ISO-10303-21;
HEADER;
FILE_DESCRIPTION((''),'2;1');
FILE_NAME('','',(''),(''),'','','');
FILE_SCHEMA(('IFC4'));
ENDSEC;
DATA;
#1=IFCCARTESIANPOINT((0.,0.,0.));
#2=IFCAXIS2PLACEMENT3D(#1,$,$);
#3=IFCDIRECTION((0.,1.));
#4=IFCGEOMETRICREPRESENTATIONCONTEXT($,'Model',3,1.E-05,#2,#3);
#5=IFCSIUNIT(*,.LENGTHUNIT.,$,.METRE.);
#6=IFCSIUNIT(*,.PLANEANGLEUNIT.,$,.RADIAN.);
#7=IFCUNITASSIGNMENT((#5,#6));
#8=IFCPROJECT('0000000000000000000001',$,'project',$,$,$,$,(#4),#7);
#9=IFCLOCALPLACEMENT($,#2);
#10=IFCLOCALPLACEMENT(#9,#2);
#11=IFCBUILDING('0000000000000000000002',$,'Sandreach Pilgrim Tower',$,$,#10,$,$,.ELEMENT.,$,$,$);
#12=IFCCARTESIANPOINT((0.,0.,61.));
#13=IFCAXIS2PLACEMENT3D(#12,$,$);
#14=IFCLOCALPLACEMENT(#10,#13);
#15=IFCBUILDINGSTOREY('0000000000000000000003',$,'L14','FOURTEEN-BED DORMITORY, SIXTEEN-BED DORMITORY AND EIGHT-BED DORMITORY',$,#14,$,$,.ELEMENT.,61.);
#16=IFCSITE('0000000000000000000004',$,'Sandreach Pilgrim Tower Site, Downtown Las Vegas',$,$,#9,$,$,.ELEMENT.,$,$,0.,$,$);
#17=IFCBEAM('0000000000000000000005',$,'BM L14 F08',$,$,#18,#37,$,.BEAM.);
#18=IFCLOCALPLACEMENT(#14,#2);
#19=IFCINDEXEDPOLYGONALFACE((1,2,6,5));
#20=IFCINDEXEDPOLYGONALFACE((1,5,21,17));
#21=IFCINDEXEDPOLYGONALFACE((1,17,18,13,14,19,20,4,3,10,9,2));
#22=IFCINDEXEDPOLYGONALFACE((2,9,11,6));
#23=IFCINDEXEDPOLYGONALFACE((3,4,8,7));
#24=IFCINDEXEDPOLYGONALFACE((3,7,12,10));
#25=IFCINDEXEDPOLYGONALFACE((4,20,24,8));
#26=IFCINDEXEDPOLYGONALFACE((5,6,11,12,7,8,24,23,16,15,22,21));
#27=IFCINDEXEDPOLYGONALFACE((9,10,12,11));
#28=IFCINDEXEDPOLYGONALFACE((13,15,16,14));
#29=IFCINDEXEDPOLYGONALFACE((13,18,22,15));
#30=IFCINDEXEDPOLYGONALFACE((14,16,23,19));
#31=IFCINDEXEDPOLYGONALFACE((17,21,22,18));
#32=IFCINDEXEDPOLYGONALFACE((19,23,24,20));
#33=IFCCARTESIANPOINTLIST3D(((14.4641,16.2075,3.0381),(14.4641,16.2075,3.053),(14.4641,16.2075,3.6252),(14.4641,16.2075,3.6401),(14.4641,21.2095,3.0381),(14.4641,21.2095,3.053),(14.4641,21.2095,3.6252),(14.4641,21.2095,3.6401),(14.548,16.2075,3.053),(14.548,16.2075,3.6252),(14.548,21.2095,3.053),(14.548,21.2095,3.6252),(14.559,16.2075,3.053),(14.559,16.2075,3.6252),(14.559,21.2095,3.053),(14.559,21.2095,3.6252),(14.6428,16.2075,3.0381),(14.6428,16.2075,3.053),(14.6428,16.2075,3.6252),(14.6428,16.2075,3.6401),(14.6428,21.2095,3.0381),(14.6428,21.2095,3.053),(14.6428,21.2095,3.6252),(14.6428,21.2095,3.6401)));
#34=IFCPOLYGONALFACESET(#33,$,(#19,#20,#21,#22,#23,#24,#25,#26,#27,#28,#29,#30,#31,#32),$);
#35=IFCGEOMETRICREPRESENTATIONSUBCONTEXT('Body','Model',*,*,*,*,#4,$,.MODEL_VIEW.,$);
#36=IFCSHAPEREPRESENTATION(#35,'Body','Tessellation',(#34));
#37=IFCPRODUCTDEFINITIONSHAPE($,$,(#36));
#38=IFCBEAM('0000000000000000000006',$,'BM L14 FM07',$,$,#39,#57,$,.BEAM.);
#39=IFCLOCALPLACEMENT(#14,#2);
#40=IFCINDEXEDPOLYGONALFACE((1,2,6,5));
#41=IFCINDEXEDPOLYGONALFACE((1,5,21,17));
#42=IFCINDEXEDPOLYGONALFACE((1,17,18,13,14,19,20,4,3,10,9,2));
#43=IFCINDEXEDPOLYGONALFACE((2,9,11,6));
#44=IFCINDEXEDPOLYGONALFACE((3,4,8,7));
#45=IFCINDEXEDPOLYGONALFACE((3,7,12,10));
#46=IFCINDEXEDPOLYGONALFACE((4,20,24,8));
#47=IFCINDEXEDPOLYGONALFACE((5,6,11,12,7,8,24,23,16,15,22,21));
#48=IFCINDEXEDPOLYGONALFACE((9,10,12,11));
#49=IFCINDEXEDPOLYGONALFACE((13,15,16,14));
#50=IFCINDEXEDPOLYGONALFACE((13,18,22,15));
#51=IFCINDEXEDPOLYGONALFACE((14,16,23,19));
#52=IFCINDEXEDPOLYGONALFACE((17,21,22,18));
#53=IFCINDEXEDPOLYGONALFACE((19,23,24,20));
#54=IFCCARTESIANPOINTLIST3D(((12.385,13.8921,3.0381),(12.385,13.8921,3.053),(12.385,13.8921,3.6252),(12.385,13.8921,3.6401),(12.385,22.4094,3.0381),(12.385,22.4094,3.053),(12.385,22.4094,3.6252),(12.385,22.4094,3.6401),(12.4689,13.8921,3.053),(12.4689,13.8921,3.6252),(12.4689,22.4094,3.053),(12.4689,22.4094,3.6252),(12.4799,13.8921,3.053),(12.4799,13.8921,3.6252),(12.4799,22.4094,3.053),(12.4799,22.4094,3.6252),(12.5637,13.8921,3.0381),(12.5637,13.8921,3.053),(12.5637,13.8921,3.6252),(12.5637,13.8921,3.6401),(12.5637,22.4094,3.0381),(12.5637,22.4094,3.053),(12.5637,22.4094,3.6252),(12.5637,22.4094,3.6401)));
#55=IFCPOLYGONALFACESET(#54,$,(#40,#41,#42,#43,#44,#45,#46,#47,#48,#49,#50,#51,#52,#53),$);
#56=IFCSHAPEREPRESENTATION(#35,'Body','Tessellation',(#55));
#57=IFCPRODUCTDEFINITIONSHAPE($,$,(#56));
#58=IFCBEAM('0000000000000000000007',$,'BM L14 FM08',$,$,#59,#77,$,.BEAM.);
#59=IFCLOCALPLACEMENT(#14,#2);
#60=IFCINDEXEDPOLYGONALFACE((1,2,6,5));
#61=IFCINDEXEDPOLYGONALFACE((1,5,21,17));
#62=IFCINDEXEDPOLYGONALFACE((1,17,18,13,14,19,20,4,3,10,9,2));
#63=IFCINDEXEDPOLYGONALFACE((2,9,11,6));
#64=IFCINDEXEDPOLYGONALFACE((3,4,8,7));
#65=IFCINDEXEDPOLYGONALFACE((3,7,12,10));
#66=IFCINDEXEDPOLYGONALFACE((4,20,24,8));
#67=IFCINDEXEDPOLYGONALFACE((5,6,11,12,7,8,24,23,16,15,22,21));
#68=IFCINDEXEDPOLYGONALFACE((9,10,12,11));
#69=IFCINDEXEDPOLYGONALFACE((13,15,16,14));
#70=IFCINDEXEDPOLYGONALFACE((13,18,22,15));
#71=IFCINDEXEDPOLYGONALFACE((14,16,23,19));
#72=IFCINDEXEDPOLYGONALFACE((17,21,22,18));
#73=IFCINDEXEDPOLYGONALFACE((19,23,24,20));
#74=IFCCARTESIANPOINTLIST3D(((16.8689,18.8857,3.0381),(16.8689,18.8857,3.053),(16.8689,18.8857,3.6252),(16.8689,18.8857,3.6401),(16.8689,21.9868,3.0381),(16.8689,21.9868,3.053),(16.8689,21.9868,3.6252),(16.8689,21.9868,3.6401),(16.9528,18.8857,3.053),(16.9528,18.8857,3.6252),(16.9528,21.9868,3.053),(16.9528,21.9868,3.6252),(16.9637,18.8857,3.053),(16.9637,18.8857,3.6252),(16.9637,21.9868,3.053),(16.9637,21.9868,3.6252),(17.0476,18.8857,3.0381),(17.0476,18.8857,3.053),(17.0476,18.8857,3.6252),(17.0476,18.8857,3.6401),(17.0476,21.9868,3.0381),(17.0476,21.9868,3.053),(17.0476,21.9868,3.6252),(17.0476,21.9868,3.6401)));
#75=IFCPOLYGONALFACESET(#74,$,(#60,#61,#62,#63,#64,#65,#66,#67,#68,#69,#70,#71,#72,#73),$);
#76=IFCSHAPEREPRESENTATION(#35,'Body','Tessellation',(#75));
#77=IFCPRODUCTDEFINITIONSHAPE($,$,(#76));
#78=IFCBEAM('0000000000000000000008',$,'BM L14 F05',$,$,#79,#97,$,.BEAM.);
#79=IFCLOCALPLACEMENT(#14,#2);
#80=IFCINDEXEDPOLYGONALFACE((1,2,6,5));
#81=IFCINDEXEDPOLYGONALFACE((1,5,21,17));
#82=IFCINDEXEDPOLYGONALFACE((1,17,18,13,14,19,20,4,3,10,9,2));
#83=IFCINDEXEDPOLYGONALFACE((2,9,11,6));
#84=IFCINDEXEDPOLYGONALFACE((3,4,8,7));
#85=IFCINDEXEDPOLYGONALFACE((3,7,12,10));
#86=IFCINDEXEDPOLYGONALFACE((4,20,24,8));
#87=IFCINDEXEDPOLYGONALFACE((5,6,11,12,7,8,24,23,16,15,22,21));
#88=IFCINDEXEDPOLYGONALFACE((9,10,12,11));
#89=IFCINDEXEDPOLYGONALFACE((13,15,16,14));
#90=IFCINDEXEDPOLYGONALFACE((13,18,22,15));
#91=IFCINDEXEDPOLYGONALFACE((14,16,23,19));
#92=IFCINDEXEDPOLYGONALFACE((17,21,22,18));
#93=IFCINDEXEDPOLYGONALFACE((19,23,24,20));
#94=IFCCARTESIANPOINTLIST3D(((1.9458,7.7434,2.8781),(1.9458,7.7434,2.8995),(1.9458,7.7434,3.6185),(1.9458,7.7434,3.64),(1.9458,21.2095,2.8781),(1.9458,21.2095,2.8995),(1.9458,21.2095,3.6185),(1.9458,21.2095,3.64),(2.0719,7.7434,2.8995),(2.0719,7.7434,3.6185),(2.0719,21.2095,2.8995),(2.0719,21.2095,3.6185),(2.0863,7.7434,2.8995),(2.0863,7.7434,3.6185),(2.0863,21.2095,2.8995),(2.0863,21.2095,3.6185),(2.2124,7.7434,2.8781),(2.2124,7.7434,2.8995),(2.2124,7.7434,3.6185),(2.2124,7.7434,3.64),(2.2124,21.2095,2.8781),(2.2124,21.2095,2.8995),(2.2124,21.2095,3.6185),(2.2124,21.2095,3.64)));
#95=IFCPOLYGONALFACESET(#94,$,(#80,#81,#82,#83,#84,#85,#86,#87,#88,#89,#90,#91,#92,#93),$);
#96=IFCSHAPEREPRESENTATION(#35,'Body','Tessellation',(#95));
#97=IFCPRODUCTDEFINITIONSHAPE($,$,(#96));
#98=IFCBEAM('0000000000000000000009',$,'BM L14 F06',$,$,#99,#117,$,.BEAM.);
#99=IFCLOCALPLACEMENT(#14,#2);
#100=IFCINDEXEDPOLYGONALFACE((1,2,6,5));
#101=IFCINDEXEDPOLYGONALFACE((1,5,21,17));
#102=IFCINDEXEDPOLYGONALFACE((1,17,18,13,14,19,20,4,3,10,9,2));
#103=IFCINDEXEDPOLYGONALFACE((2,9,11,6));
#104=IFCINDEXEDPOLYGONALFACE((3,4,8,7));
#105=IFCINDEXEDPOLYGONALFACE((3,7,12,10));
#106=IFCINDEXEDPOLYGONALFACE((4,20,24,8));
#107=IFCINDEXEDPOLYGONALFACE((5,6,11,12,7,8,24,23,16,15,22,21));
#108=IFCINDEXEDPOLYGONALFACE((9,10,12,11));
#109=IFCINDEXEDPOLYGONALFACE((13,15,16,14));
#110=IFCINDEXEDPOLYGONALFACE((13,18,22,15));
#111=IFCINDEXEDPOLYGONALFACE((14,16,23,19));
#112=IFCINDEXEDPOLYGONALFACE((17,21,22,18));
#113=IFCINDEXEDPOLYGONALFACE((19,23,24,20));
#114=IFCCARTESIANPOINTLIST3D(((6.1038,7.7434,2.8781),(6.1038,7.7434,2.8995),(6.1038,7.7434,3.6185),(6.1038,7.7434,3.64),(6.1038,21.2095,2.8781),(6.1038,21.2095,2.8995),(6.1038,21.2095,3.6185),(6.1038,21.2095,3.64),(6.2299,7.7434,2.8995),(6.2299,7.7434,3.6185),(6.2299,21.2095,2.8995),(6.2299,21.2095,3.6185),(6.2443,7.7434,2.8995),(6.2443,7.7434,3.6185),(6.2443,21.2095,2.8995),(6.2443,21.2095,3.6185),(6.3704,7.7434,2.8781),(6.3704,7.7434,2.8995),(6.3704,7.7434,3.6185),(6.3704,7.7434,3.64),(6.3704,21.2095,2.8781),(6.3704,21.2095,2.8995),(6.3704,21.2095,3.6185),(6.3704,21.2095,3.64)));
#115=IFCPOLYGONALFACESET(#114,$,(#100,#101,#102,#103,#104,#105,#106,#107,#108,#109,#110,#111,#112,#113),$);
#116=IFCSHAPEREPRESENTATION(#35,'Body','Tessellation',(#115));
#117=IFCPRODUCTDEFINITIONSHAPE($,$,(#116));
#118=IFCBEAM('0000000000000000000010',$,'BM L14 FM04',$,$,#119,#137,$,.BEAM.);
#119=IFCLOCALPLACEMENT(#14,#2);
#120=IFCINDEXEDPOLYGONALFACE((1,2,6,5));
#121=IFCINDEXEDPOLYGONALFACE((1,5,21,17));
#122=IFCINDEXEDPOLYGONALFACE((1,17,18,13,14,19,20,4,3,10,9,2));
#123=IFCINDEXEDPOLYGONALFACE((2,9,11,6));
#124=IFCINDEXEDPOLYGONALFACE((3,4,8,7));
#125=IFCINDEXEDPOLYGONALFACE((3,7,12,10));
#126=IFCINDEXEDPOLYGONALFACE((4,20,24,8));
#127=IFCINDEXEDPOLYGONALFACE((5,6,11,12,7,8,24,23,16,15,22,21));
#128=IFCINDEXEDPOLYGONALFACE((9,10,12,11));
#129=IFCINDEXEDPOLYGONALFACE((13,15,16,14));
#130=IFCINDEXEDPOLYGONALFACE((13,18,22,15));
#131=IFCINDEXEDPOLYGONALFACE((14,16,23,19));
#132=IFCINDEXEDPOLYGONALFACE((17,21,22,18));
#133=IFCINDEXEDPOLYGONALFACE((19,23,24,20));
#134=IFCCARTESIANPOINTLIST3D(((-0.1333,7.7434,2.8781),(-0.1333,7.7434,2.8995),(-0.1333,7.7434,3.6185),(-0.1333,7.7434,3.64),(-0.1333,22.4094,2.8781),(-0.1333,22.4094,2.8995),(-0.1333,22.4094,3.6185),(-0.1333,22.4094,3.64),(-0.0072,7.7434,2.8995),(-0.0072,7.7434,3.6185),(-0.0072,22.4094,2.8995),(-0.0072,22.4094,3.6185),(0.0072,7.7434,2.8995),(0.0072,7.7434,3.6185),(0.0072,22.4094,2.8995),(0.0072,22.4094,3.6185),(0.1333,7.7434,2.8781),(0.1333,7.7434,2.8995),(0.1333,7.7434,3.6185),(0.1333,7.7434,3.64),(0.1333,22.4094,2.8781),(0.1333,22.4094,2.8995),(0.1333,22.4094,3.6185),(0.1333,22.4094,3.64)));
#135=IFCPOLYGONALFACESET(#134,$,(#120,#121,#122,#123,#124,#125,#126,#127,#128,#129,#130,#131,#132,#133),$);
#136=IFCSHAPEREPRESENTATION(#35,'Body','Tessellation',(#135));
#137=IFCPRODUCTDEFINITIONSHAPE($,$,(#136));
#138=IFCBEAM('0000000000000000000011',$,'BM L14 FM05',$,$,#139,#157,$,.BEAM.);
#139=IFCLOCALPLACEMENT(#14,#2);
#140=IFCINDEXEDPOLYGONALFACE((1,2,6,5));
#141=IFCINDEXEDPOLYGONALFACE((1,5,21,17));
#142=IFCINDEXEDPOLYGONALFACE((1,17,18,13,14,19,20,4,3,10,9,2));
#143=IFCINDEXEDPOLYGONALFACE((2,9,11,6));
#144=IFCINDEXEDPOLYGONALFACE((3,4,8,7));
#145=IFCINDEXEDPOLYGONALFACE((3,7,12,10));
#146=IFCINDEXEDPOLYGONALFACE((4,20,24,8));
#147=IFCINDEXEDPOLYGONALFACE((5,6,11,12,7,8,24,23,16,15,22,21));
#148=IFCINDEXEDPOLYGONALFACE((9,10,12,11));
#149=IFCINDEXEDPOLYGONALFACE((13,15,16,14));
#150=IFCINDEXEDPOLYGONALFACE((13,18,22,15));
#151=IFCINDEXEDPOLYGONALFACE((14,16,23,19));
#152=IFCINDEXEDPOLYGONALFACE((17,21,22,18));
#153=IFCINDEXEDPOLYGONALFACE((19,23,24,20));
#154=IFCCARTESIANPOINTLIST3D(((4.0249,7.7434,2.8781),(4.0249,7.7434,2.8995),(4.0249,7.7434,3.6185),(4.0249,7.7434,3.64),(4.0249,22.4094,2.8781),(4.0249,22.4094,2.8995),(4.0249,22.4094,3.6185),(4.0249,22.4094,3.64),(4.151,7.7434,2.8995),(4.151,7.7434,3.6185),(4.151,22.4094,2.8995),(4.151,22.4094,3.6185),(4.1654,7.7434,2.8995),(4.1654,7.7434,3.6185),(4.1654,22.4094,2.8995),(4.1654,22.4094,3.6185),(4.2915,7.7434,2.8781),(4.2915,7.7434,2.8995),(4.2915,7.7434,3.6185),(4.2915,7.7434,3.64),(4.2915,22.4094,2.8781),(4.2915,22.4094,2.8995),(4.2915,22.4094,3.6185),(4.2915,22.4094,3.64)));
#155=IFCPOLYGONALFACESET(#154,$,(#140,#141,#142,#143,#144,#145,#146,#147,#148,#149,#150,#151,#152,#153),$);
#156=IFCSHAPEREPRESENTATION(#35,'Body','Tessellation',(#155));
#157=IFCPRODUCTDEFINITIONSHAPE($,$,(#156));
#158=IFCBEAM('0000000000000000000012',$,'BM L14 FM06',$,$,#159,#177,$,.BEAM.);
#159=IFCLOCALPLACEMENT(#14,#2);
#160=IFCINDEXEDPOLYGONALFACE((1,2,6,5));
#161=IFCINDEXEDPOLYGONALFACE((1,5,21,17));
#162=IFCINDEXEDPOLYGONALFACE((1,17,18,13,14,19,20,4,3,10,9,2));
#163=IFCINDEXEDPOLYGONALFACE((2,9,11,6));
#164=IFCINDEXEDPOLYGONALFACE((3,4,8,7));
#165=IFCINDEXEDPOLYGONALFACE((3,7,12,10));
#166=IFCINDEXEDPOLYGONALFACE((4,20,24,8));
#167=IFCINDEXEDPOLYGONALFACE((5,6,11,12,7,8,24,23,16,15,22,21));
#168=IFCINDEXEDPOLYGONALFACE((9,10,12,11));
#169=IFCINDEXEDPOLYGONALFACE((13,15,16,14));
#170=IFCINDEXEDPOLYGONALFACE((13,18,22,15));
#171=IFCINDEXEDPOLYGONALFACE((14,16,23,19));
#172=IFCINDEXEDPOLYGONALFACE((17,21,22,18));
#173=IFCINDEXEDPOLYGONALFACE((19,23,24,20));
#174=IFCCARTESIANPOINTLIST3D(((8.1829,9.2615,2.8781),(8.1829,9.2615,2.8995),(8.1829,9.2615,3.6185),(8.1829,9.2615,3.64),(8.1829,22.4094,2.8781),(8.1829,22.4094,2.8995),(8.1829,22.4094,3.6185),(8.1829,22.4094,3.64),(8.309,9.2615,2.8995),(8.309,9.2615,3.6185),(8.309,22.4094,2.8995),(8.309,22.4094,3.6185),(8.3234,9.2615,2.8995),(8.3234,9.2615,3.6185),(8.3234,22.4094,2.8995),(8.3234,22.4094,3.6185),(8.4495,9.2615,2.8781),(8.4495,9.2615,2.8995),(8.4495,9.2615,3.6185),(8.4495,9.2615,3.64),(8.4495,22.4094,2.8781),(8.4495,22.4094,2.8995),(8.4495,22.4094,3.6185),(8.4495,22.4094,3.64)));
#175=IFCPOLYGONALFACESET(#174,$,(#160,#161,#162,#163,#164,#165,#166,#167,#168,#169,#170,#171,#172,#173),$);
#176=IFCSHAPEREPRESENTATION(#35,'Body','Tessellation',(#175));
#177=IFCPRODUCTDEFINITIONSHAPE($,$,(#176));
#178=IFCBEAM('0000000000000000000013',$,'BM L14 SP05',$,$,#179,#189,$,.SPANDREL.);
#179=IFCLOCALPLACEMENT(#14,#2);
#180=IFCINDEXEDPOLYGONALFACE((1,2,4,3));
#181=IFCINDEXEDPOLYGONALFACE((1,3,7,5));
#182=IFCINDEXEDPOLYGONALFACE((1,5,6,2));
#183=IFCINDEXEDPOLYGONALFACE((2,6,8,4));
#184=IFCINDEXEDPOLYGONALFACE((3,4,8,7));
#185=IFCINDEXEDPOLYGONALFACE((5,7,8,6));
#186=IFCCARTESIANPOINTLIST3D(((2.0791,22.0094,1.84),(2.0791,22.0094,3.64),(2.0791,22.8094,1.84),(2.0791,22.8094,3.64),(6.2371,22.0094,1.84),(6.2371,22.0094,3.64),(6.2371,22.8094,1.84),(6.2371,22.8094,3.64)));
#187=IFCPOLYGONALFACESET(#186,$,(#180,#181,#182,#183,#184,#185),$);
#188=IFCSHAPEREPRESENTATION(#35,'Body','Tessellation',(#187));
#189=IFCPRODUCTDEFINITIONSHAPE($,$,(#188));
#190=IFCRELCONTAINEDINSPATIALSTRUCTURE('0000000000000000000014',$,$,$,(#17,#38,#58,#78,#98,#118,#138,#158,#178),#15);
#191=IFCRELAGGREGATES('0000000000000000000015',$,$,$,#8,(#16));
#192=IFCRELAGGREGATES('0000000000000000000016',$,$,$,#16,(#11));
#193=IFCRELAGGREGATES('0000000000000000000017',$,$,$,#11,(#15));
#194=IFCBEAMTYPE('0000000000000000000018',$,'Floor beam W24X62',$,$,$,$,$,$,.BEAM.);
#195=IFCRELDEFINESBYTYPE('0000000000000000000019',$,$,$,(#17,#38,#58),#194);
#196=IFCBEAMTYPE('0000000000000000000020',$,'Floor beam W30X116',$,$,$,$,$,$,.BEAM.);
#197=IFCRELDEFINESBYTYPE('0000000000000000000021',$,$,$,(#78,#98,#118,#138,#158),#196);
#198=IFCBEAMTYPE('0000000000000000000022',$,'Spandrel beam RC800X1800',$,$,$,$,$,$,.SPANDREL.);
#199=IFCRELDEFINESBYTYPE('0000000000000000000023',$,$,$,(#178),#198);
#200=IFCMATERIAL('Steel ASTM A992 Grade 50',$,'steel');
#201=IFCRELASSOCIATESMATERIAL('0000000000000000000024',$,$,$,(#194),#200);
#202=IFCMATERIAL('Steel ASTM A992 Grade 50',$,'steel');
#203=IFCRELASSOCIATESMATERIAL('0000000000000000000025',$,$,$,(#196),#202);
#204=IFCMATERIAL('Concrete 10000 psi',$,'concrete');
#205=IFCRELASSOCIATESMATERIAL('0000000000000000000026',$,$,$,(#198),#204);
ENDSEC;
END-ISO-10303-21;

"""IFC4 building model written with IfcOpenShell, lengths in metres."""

from ifc_helpers import new_model, si_unit, direction, frame, origin, origin_2d, place, context, subcontext, project, spatial, rectangle, i_section, extrude, material, material_profile, profile_set, type_object, element, save


model = new_model("IFC4")

# Units and contexts
model_context = context("Model", 3, precision=1e-05, world=origin(), true_north=direction((0.0, 1.0)))
body_context = subcontext(model_context, "Body", "Model", "MODEL_VIEW")
ifc_project = project(units=[si_unit("LENGTHUNIT", "METRE"), si_unit("PLANEANGLEUNIT", "RADIAN")], contexts=[model_context])

# Site, building, storey
site_placement = place(None, origin())
site = spatial("IfcSite", under=ifc_project, at=site_placement, Name="Sandreach Pilgrim Tower Site, Downtown Las Vegas", CompositionType="ELEMENT", RefElevation=0.0)
building_placement = place(site_placement, origin())
building = spatial("IfcBuilding", under=site, at=building_placement, Name="Sandreach Pilgrim Tower", CompositionType="ELEMENT")
storey_placement = place(building_placement, frame((0.0, 0.0, 61.0)))
storey = spatial("IfcBuildingStorey", under=building, at=storey_placement, Name="L14", Description="FOURTEEN-BED DORMITORY, SIXTEEN-BED DORMITORY AND EIGHT-BED DORMITORY", CompositionType="ELEMENT", Elevation=61.0)

# Beams
ifc_material_1 = material(Name="Steel ASTM A992 Grade 50", Category="steel")
ifc_material_profile_1 = material_profile(ifc_material_1, i_section(OverallWidth=0.1787, OverallDepth=0.6021, WebThickness=0.011, FlangeThickness=0.0149, at=origin_2d()), Name="W24X62")
ifc_profile_set_1 = profile_set([ifc_material_profile_1], Name="Steel ASTM A992 Grade 50")
beam_type_1 = type_object("IfcBeamType", Name="Floor beam W24X62", PredefinedType="BEAM", material=ifc_profile_set_1)
beam_1_placement = place(storey_placement, frame((14.5535, 21.2095, 3.3391), z_axis=(0.0, -1.0, 0.0), x_axis=(1.0, 0.0, 0.0)))
element("IfcBeam", 1, at=beam_1_placement, inside=storey, type_object=beam_type_1, Name="BM L14 F08", PredefinedType="BEAM", context=body_context, shape_type="SweptSolid", body=[
    extrude(i_section(OverallWidth=0.1787, OverallDepth=0.6021, WebThickness=0.011, FlangeThickness=0.0149, at=origin_2d()), origin(), (0.0, 0.0, 1.0), 5.002),
])
beam_2_placement = place(storey_placement, frame((12.4744, 22.4094, 3.3391), z_axis=(0.0, -1.0, 0.0), x_axis=(1.0, 0.0, 0.0)))
element("IfcBeam", 2, at=beam_2_placement, inside=storey, type_object=beam_type_1, Name="BM L14 FM07", PredefinedType="BEAM", context=body_context, shape_type="SweptSolid", body=[
    extrude(i_section(OverallWidth=0.1787, OverallDepth=0.6021, WebThickness=0.011, FlangeThickness=0.0149, at=origin_2d()), origin(), (0.0, 0.0, 1.0), 8.5173),
])
beam_3_placement = place(storey_placement, frame((16.9583, 21.9868, 3.3391), z_axis=(0.0, -1.0, 0.0), x_axis=(1.0, 0.0, 0.0)))
element("IfcBeam", 3, at=beam_3_placement, inside=storey, type_object=beam_type_1, Name="BM L14 FM08", PredefinedType="BEAM", context=body_context, shape_type="SweptSolid", body=[
    extrude(i_section(OverallWidth=0.1787, OverallDepth=0.6021, WebThickness=0.011, FlangeThickness=0.0149, at=origin_2d()), origin(), (0.0, 0.0, 1.0), 3.1011),
])
ifc_material_2 = material(Name="Steel ASTM A992 Grade 50", Category="steel")
ifc_material_profile_2 = material_profile(ifc_material_2, i_section(OverallWidth=0.2666, OverallDepth=0.762, WebThickness=0.0144, FlangeThickness=0.0215, at=origin_2d()), Name="W30X116")
ifc_profile_set_2 = profile_set([ifc_material_profile_2], Name="Steel ASTM A992 Grade 50")
beam_type_2 = type_object("IfcBeamType", Name="Floor beam W30X116", PredefinedType="BEAM", material=ifc_profile_set_2)
for number, where, z_axis, x_axis, name in (
    (4, (2.0791, 21.2095, 3.259), (0.0, -1.0, 0.0), (1.0, 0.0, 0.0), "BM L14 F05"),
    (5, (6.2371, 21.2095, 3.259), (0.0, -1.0, 0.0), (1.0, 0.0, 0.0), "BM L14 F06"),
):
    element("IfcBeam", number, at=place(storey_placement, frame(where, z_axis=z_axis, x_axis=x_axis)), inside=storey, type_object=beam_type_2, Name=name, PredefinedType="BEAM", context=body_context, shape_type="SweptSolid", body=[
        extrude(i_section(OverallWidth=0.2666, OverallDepth=0.762, WebThickness=0.0144, FlangeThickness=0.0215, at=origin_2d()), origin(), (0.0, 0.0, 1.0), 13.4661),
    ])
for number, where, z_axis, x_axis, name in (
    (6, (0.0, 22.4094, 3.259), (0.0, -1.0, 0.0), (1.0, 0.0, 0.0), "BM L14 FM04"),
    (7, (4.1582, 22.4094, 3.259), (0.0, -1.0, 0.0), (1.0, 0.0, 0.0), "BM L14 FM05"),
):
    element("IfcBeam", number, at=place(storey_placement, frame(where, z_axis=z_axis, x_axis=x_axis)), inside=storey, type_object=beam_type_2, Name=name, PredefinedType="BEAM", context=body_context, shape_type="SweptSolid", body=[
        extrude(i_section(OverallWidth=0.2666, OverallDepth=0.762, WebThickness=0.0144, FlangeThickness=0.0215, at=origin_2d()), origin(), (0.0, 0.0, 1.0), 14.666),
    ])
beam_4_placement = place(storey_placement, frame((8.3162, 22.4094, 3.259), z_axis=(0.0, -1.0, 0.0), x_axis=(1.0, 0.0, 0.0)))
element("IfcBeam", 8, at=beam_4_placement, inside=storey, type_object=beam_type_2, Name="BM L14 FM06", PredefinedType="BEAM", context=body_context, shape_type="SweptSolid", body=[
    extrude(i_section(OverallWidth=0.2666, OverallDepth=0.762, WebThickness=0.0144, FlangeThickness=0.0215, at=origin_2d()), origin(), (0.0, 0.0, 1.0), 13.1479),
])
ifc_material_3 = material(Name="Concrete 10000 psi", Category="concrete")
ifc_material_profile_3 = material_profile(ifc_material_3, rectangle(XDim=0.8, YDim=1.8, at=origin_2d()), Name="RC800X1800")
ifc_profile_set_3 = profile_set([ifc_material_profile_3], Name="Concrete 10000 psi")
beam_type_3 = type_object("IfcBeamType", Name="Spandrel beam RC800X1800", PredefinedType="SPANDREL", material=ifc_profile_set_3)
beam_5_placement = place(storey_placement, frame((2.0791, 22.4094, 2.74), z_axis=(1.0, 0.0, 0.0), x_axis=(0.0, 1.0, 0.0)))
element("IfcBeam", 9, at=beam_5_placement, inside=storey, type_object=beam_type_3, Name="BM L14 SP05", PredefinedType="SPANDREL", context=body_context, shape_type="SweptSolid", body=[
    extrude(rectangle(XDim=0.8, YDim=1.8, at=origin_2d()), origin(), (0.0, 0.0, 1.0), 4.158),
])

save(model, "model.ifc")
